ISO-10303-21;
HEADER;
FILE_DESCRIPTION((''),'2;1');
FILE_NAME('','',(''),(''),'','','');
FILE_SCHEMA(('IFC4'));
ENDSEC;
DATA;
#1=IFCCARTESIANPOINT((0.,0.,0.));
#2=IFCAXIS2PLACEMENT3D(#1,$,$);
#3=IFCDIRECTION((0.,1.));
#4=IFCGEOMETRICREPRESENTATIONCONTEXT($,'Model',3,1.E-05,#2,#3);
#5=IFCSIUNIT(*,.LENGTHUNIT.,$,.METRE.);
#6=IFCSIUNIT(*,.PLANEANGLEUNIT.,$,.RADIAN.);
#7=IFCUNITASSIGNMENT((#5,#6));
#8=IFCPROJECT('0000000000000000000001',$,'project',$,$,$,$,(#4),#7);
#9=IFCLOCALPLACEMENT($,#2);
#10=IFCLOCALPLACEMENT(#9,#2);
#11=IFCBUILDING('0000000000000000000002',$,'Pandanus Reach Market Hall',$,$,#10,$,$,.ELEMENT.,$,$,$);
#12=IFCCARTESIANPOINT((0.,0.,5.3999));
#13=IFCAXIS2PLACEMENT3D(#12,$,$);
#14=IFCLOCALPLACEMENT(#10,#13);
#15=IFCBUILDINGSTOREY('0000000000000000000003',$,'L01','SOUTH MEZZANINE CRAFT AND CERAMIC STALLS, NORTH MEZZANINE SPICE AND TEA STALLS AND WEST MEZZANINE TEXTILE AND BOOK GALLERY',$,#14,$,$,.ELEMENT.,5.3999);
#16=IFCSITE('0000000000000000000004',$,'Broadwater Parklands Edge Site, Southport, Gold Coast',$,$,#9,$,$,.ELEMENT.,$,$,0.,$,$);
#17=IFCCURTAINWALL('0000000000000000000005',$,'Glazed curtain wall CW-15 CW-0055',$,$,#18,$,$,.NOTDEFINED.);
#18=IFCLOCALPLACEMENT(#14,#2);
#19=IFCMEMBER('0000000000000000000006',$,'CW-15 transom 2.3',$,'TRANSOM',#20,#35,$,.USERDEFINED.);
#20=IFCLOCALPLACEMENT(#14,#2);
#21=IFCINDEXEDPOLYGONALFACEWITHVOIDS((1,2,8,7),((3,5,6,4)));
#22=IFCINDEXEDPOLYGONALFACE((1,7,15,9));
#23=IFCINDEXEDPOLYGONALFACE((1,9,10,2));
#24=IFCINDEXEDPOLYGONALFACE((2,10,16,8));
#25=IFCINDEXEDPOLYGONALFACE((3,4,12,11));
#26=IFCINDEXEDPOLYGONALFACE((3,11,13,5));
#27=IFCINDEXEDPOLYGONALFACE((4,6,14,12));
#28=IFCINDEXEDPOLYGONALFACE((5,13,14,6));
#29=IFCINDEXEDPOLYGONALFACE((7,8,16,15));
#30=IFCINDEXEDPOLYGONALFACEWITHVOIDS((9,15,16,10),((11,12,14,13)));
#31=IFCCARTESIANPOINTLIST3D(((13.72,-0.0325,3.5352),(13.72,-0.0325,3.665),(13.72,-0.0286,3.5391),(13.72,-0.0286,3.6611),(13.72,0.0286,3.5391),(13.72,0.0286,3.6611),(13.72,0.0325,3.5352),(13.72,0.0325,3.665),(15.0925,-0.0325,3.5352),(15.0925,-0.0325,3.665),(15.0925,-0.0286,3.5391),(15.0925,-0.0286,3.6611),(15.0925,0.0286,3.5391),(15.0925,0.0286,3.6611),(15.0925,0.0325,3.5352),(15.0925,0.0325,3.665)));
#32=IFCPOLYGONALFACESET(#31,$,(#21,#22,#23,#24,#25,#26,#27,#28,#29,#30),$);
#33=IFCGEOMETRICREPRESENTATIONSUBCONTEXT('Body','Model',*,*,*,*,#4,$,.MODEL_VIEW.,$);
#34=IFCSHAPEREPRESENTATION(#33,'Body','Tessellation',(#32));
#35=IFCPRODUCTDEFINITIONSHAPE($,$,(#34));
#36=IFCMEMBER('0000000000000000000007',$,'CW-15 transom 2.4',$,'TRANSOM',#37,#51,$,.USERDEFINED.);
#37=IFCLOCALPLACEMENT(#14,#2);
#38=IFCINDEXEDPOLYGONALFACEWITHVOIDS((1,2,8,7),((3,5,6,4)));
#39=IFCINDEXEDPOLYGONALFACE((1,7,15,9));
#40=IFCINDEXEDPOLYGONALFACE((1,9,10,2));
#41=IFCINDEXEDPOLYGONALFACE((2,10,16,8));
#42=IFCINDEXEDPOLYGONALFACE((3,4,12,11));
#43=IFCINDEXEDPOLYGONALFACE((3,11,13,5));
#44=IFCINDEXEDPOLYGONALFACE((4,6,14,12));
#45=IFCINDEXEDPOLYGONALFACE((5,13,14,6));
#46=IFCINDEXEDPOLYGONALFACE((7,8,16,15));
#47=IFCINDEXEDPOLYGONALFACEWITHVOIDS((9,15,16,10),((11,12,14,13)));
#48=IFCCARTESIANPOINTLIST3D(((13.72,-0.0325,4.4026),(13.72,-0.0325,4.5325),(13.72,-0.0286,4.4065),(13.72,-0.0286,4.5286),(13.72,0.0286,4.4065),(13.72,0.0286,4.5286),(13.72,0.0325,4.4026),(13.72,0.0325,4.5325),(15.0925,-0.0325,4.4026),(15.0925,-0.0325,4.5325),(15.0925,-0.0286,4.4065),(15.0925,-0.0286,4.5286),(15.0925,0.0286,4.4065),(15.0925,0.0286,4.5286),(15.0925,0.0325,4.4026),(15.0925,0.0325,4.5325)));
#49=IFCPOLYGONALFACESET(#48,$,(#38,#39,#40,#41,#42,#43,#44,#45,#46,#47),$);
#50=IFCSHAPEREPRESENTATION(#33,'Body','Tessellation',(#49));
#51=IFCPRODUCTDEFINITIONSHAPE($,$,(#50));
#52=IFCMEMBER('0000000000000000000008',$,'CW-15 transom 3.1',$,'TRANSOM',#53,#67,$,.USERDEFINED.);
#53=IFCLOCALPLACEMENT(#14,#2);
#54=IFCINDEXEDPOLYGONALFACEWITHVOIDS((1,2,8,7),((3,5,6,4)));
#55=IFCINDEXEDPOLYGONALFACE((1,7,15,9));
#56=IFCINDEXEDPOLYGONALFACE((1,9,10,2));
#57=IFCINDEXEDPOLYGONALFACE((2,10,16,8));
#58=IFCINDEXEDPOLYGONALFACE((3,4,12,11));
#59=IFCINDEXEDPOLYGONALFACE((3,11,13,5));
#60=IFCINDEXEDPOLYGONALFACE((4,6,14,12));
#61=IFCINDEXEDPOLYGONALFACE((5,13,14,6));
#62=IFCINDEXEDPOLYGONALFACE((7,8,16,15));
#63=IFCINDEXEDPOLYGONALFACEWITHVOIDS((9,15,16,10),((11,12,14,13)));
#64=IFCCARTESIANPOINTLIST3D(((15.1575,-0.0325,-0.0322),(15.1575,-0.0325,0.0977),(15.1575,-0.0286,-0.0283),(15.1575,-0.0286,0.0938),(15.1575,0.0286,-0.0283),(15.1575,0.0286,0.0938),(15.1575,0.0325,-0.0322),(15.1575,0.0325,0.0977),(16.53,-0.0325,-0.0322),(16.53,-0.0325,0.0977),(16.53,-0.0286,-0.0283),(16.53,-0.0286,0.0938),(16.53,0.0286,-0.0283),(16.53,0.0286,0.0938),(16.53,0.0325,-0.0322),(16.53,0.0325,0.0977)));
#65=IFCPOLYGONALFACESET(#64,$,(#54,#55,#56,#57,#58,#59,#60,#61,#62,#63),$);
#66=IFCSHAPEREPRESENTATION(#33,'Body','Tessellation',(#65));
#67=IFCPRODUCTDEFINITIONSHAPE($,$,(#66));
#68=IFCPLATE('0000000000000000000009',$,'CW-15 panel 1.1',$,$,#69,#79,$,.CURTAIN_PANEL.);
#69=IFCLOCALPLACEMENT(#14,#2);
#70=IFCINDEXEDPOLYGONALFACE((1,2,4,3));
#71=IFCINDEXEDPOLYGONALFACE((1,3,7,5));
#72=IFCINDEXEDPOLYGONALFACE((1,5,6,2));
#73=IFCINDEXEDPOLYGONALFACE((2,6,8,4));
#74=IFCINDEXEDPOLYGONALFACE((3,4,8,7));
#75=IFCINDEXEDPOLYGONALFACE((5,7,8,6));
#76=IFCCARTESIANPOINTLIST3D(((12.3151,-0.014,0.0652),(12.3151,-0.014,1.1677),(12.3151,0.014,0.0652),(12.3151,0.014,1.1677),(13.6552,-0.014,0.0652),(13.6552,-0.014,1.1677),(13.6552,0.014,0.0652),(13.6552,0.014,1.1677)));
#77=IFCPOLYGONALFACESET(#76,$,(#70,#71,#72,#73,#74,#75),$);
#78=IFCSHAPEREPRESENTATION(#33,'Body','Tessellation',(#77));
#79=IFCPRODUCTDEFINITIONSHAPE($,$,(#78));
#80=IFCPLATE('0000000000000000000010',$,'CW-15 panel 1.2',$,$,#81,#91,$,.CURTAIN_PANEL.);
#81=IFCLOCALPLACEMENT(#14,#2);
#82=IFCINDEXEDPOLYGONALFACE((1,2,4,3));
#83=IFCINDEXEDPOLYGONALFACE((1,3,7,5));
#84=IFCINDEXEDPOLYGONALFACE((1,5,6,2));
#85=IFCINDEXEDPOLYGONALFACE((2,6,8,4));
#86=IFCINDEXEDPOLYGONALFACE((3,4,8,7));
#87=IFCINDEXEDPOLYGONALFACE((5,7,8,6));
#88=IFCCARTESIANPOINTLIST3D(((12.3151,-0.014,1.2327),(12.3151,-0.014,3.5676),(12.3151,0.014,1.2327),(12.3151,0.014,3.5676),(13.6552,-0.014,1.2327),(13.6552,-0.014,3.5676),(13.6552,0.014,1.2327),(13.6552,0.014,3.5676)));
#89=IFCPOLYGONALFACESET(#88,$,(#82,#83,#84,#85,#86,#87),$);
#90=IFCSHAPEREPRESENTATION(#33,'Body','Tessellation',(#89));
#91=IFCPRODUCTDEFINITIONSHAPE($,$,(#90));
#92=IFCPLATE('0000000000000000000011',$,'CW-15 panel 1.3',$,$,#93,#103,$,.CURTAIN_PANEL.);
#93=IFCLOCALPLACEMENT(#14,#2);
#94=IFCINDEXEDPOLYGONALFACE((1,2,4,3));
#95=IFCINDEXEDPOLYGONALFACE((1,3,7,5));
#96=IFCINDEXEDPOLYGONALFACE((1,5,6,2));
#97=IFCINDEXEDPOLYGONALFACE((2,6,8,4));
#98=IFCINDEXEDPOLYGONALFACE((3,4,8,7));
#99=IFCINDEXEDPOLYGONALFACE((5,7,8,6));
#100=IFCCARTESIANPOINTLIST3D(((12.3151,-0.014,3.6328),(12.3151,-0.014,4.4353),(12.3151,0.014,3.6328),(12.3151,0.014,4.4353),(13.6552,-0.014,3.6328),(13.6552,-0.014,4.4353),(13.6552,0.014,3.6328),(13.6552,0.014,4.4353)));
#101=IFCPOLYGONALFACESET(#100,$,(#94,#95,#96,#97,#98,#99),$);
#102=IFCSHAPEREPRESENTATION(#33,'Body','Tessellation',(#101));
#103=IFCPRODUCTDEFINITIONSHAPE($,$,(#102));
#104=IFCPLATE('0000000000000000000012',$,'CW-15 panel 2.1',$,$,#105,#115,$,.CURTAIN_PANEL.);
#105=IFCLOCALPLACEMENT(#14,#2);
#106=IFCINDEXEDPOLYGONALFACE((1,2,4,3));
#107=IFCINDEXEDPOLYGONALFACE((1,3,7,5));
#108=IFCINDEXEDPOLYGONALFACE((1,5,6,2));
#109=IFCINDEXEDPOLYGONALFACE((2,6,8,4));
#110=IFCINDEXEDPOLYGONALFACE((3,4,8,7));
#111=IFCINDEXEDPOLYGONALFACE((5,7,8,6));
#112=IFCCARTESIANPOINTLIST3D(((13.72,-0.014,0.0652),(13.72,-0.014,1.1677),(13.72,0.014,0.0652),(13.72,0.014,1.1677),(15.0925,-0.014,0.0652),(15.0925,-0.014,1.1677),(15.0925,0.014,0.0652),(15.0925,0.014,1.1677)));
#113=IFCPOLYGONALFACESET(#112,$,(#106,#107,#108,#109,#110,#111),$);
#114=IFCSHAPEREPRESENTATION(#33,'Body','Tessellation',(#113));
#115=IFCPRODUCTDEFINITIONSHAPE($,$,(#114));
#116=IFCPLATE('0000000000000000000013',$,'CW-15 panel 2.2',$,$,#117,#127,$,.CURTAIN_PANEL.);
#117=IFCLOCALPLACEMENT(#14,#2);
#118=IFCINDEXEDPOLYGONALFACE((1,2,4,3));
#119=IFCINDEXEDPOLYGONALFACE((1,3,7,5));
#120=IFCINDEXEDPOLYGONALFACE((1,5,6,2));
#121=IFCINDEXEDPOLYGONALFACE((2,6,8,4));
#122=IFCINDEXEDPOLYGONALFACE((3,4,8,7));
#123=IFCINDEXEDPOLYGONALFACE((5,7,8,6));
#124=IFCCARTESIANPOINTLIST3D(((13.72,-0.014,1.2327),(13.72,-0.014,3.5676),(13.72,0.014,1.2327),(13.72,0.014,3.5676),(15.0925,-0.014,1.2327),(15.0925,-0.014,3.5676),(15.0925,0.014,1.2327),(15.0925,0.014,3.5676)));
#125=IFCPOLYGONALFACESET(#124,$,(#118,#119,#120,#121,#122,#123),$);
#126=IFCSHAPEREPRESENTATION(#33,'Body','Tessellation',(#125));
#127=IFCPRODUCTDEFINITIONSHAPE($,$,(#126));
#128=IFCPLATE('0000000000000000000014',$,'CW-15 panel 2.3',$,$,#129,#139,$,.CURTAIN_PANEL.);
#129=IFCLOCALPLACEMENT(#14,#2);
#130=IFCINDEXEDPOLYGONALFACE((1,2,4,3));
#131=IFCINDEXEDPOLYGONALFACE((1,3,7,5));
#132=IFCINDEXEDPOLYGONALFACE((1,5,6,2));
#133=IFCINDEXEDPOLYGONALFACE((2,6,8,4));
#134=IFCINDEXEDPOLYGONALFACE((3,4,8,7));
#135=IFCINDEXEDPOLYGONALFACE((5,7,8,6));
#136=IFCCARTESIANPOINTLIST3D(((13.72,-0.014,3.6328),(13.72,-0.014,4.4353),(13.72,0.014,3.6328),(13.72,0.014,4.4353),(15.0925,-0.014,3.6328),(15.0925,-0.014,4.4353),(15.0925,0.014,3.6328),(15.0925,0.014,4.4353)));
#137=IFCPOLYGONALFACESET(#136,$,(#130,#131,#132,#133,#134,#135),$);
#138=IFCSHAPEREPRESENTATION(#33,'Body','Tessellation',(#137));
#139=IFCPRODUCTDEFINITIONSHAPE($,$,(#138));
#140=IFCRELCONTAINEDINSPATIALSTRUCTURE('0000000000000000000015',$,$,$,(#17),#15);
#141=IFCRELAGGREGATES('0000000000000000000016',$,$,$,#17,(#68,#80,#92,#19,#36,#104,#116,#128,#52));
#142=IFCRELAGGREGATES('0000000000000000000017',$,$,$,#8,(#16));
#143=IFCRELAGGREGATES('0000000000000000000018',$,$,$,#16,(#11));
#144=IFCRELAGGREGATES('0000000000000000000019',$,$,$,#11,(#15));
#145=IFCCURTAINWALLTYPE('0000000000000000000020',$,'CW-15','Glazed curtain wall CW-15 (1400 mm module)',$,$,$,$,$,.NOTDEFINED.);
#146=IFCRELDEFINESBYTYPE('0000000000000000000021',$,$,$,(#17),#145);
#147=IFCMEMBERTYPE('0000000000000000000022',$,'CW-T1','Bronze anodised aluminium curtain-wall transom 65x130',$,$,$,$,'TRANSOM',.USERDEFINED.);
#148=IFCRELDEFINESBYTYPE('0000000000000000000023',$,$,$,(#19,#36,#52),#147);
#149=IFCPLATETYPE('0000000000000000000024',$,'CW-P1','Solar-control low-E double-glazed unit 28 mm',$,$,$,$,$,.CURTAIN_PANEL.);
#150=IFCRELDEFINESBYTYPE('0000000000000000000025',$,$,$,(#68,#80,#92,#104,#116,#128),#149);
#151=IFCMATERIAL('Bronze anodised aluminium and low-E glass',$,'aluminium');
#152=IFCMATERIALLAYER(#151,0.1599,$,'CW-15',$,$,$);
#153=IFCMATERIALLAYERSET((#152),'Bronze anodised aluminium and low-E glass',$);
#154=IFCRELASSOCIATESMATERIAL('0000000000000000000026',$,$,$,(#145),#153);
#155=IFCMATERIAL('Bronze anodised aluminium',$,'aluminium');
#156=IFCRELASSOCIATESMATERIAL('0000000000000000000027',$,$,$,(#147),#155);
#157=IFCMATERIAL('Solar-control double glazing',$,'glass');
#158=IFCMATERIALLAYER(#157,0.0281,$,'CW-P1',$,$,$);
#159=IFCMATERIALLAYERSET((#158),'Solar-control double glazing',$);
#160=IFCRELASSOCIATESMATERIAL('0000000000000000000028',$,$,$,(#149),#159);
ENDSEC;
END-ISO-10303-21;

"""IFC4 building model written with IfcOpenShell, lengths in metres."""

from ifc_helpers import new_model, si_unit, direction, frame, origin, origin_2d, place, context, subcontext, project, spatial, rectangle, hollow_rectangle, extrude, material, layer, layer_set, material_profile, profile_set, type_object, element, aggregate, save


model = new_model("IFC4")

# Units and contexts
model_context = context("Model", 3, precision=1e-05, world=origin(), true_north=direction((0.0, 1.0)))
body_context = subcontext(model_context, "Body", "Model", "MODEL_VIEW")
ifc_project = project(units=[si_unit("LENGTHUNIT", "METRE"), si_unit("PLANEANGLEUNIT", "RADIAN")], contexts=[model_context])

# Site, building, storey
site_placement = place(None, origin())
site = spatial("IfcSite", under=ifc_project, at=site_placement, Name="Broadwater Parklands Edge Site, Southport, Gold Coast", CompositionType="ELEMENT", RefElevation=0.0)
building_placement = place(site_placement, origin())
building = spatial("IfcBuilding", under=site, at=building_placement, Name="Pandanus Reach Market Hall", CompositionType="ELEMENT")
storey_placement = place(building_placement, frame((0.0, 0.0, 5.3999)))
storey = spatial("IfcBuildingStorey", under=building, at=storey_placement, Name="L01", Description="SOUTH MEZZANINE CRAFT AND CERAMIC STALLS, NORTH MEZZANINE SPICE AND TEA STALLS AND WEST MEZZANINE TEXTILE AND BOOK GALLERY", CompositionType="ELEMENT", Elevation=5.3999)

# Curtain wall, members, plates
ifc_material_1 = material(Name="Bronze anodised aluminium and low-E glass", Category="aluminium")
ifc_layer_1 = layer(ifc_material_1, 0.1599, Name="CW-15")
ifc_layer_set_1 = layer_set([ifc_layer_1], Name="Bronze anodised aluminium and low-E glass")
curtain_wall_type = type_object("IfcCurtainWallType", Name="CW-15", Description="Glazed curtain wall CW-15 (1400 mm module)", PredefinedType="NOTDEFINED", material=ifc_layer_set_1)
curtain_wall_placement = place(storey_placement, origin())
curtain_wall = element("IfcCurtainWall", 1, at=curtain_wall_placement, inside=storey, type_object=curtain_wall_type, Name="Glazed curtain wall CW-15 CW-0055", PredefinedType="NOTDEFINED")
ifc_material_2 = material(Name="Bronze anodised aluminium", Category="aluminium")
ifc_material_profile_1 = material_profile(ifc_material_2, hollow_rectangle(XDim=0.0649, YDim=0.1299, WallThickness=0.0039, at=origin_2d()), Name="ALU65x130", Category="LoadBearing")
ifc_profile_set_1 = profile_set([ifc_material_profile_1], Name="Bronze anodised aluminium")
member_type_1 = type_object("IfcMemberType", Name="CW-T1", Description="Bronze anodised aluminium curtain-wall transom 65x130", ElementType="TRANSOM", PredefinedType="USERDEFINED", material=ifc_profile_set_1)
member_1_placement = place(storey_placement, frame((13.72, 0.0, 3.6001), z_axis=(1.0, 0.0, 0.0), x_axis=(0.0, 1.0, 0.0)))
member_1 = element("IfcMember", 2, at=member_1_placement, type_object=member_type_1, Name="CW-15 transom 2.3", ObjectType="TRANSOM", PredefinedType="USERDEFINED", context=body_context, shape_type="SweptSolid", body=[
    extrude(hollow_rectangle(XDim=0.0649, YDim=0.1299, WallThickness=0.0039, at=origin_2d()), origin(), (0.0, 0.0, 1.0), 1.3726),
])
member_2_placement = place(storey_placement, frame((13.72, 0.0, 4.4675), z_axis=(1.0, 0.0, 0.0), x_axis=(0.0, 1.0, 0.0)))
member_2 = element("IfcMember", 3, at=member_2_placement, type_object=member_type_1, Name="CW-15 transom 2.4", ObjectType="TRANSOM", PredefinedType="USERDEFINED", context=body_context, shape_type="SweptSolid", body=[
    extrude(hollow_rectangle(XDim=0.0649, YDim=0.1299, WallThickness=0.0039, at=origin_2d()), origin(), (0.0, 0.0, 1.0), 1.3726),
])
member_3_placement = place(storey_placement, frame((15.1575, 0.0, 0.0327), z_axis=(1.0, 0.0, 0.0), x_axis=(0.0, 1.0, 0.0)))
member_3 = element("IfcMember", 4, at=member_3_placement, type_object=member_type_1, Name="CW-15 transom 3.1", ObjectType="TRANSOM", PredefinedType="USERDEFINED", context=body_context, shape_type="SweptSolid", body=[
    extrude(hollow_rectangle(XDim=0.0649, YDim=0.1299, WallThickness=0.0039, at=origin_2d()), origin(), (0.0, 0.0, 1.0), 1.3726),
])
ifc_material_3 = material(Name="Solar-control double glazing", Category="glass")
ifc_layer_2 = layer(ifc_material_3, 0.0281, Name="CW-P1")
ifc_layer_set_2 = layer_set([ifc_layer_2], Name="Solar-control double glazing")
plate_type = type_object("IfcPlateType", Name="CW-P1", Description="Solar-control low-E double-glazed unit 28 mm", PredefinedType="CURTAIN_PANEL", material=ifc_layer_set_2)
plate_1_placement = place(storey_placement, frame((12.9851, 0.0, 0.0652), z_axis=(0.0, 0.0, 1.0), x_axis=(1.0, 0.0, 0.0)))
plate_1 = element("IfcPlate", 5, at=plate_1_placement, type_object=plate_type, Name="CW-15 panel 1.1", PredefinedType="CURTAIN_PANEL", context=body_context, shape_type="SweptSolid", body=[
    extrude(rectangle(XDim=1.3401, YDim=0.0281, at=origin_2d()), origin(), (0.0, 0.0, 1.0), 1.1025),
])
plate_2_placement = place(storey_placement, frame((12.9851, 0.0, 1.2327), z_axis=(0.0, 0.0, 1.0), x_axis=(1.0, 0.0, 0.0)))
plate_2 = element("IfcPlate", 6, at=plate_2_placement, type_object=plate_type, Name="CW-15 panel 1.2", PredefinedType="CURTAIN_PANEL", context=body_context, shape_type="SweptSolid", body=[
    extrude(rectangle(XDim=1.3401, YDim=0.0281, at=origin_2d()), origin(), (0.0, 0.0, 1.0), 2.335),
])
plate_3_placement = place(storey_placement, frame((12.9851, 0.0, 3.6328), z_axis=(0.0, 0.0, 1.0), x_axis=(1.0, 0.0, 0.0)))
plate_3 = element("IfcPlate", 7, at=plate_3_placement, type_object=plate_type, Name="CW-15 panel 1.3", PredefinedType="CURTAIN_PANEL", context=body_context, shape_type="SweptSolid", body=[
    extrude(rectangle(XDim=1.3401, YDim=0.0281, at=origin_2d()), origin(), (0.0, 0.0, 1.0), 0.8025),
])
plate_4_placement = place(storey_placement, frame((14.4062, 0.0, 0.0652), z_axis=(0.0, 0.0, 1.0), x_axis=(1.0, 0.0, 0.0)))
plate_4 = element("IfcPlate", 8, at=plate_4_placement, type_object=plate_type, Name="CW-15 panel 2.1", PredefinedType="CURTAIN_PANEL", context=body_context, shape_type="SweptSolid", body=[
    extrude(rectangle(XDim=1.3726, YDim=0.0281, at=origin_2d()), origin(), (0.0, 0.0, 1.0), 1.1025),
])
plate_5_placement = place(storey_placement, frame((14.4062, 0.0, 1.2327), z_axis=(0.0, 0.0, 1.0), x_axis=(1.0, 0.0, 0.0)))
plate_5 = element("IfcPlate", 9, at=plate_5_placement, type_object=plate_type, Name="CW-15 panel 2.2", PredefinedType="CURTAIN_PANEL", context=body_context, shape_type="SweptSolid", body=[
    extrude(rectangle(XDim=1.3726, YDim=0.0281, at=origin_2d()), origin(), (0.0, 0.0, 1.0), 2.335),
])
plate_6_placement = place(storey_placement, frame((14.4062, 0.0, 3.6328), z_axis=(0.0, 0.0, 1.0), x_axis=(1.0, 0.0, 0.0)))
plate_6 = element("IfcPlate", 10, at=plate_6_placement, type_object=plate_type, Name="CW-15 panel 2.3", PredefinedType="CURTAIN_PANEL", context=body_context, shape_type="SweptSolid", body=[
    extrude(rectangle(XDim=1.3726, YDim=0.0281, at=origin_2d()), origin(), (0.0, 0.0, 1.0), 0.8025),
])
aggregate(curtain_wall, [plate_1, plate_2, plate_3, member_1, member_2, plate_4, plate_5, plate_6, member_3])

save(model, "model.ifc")
